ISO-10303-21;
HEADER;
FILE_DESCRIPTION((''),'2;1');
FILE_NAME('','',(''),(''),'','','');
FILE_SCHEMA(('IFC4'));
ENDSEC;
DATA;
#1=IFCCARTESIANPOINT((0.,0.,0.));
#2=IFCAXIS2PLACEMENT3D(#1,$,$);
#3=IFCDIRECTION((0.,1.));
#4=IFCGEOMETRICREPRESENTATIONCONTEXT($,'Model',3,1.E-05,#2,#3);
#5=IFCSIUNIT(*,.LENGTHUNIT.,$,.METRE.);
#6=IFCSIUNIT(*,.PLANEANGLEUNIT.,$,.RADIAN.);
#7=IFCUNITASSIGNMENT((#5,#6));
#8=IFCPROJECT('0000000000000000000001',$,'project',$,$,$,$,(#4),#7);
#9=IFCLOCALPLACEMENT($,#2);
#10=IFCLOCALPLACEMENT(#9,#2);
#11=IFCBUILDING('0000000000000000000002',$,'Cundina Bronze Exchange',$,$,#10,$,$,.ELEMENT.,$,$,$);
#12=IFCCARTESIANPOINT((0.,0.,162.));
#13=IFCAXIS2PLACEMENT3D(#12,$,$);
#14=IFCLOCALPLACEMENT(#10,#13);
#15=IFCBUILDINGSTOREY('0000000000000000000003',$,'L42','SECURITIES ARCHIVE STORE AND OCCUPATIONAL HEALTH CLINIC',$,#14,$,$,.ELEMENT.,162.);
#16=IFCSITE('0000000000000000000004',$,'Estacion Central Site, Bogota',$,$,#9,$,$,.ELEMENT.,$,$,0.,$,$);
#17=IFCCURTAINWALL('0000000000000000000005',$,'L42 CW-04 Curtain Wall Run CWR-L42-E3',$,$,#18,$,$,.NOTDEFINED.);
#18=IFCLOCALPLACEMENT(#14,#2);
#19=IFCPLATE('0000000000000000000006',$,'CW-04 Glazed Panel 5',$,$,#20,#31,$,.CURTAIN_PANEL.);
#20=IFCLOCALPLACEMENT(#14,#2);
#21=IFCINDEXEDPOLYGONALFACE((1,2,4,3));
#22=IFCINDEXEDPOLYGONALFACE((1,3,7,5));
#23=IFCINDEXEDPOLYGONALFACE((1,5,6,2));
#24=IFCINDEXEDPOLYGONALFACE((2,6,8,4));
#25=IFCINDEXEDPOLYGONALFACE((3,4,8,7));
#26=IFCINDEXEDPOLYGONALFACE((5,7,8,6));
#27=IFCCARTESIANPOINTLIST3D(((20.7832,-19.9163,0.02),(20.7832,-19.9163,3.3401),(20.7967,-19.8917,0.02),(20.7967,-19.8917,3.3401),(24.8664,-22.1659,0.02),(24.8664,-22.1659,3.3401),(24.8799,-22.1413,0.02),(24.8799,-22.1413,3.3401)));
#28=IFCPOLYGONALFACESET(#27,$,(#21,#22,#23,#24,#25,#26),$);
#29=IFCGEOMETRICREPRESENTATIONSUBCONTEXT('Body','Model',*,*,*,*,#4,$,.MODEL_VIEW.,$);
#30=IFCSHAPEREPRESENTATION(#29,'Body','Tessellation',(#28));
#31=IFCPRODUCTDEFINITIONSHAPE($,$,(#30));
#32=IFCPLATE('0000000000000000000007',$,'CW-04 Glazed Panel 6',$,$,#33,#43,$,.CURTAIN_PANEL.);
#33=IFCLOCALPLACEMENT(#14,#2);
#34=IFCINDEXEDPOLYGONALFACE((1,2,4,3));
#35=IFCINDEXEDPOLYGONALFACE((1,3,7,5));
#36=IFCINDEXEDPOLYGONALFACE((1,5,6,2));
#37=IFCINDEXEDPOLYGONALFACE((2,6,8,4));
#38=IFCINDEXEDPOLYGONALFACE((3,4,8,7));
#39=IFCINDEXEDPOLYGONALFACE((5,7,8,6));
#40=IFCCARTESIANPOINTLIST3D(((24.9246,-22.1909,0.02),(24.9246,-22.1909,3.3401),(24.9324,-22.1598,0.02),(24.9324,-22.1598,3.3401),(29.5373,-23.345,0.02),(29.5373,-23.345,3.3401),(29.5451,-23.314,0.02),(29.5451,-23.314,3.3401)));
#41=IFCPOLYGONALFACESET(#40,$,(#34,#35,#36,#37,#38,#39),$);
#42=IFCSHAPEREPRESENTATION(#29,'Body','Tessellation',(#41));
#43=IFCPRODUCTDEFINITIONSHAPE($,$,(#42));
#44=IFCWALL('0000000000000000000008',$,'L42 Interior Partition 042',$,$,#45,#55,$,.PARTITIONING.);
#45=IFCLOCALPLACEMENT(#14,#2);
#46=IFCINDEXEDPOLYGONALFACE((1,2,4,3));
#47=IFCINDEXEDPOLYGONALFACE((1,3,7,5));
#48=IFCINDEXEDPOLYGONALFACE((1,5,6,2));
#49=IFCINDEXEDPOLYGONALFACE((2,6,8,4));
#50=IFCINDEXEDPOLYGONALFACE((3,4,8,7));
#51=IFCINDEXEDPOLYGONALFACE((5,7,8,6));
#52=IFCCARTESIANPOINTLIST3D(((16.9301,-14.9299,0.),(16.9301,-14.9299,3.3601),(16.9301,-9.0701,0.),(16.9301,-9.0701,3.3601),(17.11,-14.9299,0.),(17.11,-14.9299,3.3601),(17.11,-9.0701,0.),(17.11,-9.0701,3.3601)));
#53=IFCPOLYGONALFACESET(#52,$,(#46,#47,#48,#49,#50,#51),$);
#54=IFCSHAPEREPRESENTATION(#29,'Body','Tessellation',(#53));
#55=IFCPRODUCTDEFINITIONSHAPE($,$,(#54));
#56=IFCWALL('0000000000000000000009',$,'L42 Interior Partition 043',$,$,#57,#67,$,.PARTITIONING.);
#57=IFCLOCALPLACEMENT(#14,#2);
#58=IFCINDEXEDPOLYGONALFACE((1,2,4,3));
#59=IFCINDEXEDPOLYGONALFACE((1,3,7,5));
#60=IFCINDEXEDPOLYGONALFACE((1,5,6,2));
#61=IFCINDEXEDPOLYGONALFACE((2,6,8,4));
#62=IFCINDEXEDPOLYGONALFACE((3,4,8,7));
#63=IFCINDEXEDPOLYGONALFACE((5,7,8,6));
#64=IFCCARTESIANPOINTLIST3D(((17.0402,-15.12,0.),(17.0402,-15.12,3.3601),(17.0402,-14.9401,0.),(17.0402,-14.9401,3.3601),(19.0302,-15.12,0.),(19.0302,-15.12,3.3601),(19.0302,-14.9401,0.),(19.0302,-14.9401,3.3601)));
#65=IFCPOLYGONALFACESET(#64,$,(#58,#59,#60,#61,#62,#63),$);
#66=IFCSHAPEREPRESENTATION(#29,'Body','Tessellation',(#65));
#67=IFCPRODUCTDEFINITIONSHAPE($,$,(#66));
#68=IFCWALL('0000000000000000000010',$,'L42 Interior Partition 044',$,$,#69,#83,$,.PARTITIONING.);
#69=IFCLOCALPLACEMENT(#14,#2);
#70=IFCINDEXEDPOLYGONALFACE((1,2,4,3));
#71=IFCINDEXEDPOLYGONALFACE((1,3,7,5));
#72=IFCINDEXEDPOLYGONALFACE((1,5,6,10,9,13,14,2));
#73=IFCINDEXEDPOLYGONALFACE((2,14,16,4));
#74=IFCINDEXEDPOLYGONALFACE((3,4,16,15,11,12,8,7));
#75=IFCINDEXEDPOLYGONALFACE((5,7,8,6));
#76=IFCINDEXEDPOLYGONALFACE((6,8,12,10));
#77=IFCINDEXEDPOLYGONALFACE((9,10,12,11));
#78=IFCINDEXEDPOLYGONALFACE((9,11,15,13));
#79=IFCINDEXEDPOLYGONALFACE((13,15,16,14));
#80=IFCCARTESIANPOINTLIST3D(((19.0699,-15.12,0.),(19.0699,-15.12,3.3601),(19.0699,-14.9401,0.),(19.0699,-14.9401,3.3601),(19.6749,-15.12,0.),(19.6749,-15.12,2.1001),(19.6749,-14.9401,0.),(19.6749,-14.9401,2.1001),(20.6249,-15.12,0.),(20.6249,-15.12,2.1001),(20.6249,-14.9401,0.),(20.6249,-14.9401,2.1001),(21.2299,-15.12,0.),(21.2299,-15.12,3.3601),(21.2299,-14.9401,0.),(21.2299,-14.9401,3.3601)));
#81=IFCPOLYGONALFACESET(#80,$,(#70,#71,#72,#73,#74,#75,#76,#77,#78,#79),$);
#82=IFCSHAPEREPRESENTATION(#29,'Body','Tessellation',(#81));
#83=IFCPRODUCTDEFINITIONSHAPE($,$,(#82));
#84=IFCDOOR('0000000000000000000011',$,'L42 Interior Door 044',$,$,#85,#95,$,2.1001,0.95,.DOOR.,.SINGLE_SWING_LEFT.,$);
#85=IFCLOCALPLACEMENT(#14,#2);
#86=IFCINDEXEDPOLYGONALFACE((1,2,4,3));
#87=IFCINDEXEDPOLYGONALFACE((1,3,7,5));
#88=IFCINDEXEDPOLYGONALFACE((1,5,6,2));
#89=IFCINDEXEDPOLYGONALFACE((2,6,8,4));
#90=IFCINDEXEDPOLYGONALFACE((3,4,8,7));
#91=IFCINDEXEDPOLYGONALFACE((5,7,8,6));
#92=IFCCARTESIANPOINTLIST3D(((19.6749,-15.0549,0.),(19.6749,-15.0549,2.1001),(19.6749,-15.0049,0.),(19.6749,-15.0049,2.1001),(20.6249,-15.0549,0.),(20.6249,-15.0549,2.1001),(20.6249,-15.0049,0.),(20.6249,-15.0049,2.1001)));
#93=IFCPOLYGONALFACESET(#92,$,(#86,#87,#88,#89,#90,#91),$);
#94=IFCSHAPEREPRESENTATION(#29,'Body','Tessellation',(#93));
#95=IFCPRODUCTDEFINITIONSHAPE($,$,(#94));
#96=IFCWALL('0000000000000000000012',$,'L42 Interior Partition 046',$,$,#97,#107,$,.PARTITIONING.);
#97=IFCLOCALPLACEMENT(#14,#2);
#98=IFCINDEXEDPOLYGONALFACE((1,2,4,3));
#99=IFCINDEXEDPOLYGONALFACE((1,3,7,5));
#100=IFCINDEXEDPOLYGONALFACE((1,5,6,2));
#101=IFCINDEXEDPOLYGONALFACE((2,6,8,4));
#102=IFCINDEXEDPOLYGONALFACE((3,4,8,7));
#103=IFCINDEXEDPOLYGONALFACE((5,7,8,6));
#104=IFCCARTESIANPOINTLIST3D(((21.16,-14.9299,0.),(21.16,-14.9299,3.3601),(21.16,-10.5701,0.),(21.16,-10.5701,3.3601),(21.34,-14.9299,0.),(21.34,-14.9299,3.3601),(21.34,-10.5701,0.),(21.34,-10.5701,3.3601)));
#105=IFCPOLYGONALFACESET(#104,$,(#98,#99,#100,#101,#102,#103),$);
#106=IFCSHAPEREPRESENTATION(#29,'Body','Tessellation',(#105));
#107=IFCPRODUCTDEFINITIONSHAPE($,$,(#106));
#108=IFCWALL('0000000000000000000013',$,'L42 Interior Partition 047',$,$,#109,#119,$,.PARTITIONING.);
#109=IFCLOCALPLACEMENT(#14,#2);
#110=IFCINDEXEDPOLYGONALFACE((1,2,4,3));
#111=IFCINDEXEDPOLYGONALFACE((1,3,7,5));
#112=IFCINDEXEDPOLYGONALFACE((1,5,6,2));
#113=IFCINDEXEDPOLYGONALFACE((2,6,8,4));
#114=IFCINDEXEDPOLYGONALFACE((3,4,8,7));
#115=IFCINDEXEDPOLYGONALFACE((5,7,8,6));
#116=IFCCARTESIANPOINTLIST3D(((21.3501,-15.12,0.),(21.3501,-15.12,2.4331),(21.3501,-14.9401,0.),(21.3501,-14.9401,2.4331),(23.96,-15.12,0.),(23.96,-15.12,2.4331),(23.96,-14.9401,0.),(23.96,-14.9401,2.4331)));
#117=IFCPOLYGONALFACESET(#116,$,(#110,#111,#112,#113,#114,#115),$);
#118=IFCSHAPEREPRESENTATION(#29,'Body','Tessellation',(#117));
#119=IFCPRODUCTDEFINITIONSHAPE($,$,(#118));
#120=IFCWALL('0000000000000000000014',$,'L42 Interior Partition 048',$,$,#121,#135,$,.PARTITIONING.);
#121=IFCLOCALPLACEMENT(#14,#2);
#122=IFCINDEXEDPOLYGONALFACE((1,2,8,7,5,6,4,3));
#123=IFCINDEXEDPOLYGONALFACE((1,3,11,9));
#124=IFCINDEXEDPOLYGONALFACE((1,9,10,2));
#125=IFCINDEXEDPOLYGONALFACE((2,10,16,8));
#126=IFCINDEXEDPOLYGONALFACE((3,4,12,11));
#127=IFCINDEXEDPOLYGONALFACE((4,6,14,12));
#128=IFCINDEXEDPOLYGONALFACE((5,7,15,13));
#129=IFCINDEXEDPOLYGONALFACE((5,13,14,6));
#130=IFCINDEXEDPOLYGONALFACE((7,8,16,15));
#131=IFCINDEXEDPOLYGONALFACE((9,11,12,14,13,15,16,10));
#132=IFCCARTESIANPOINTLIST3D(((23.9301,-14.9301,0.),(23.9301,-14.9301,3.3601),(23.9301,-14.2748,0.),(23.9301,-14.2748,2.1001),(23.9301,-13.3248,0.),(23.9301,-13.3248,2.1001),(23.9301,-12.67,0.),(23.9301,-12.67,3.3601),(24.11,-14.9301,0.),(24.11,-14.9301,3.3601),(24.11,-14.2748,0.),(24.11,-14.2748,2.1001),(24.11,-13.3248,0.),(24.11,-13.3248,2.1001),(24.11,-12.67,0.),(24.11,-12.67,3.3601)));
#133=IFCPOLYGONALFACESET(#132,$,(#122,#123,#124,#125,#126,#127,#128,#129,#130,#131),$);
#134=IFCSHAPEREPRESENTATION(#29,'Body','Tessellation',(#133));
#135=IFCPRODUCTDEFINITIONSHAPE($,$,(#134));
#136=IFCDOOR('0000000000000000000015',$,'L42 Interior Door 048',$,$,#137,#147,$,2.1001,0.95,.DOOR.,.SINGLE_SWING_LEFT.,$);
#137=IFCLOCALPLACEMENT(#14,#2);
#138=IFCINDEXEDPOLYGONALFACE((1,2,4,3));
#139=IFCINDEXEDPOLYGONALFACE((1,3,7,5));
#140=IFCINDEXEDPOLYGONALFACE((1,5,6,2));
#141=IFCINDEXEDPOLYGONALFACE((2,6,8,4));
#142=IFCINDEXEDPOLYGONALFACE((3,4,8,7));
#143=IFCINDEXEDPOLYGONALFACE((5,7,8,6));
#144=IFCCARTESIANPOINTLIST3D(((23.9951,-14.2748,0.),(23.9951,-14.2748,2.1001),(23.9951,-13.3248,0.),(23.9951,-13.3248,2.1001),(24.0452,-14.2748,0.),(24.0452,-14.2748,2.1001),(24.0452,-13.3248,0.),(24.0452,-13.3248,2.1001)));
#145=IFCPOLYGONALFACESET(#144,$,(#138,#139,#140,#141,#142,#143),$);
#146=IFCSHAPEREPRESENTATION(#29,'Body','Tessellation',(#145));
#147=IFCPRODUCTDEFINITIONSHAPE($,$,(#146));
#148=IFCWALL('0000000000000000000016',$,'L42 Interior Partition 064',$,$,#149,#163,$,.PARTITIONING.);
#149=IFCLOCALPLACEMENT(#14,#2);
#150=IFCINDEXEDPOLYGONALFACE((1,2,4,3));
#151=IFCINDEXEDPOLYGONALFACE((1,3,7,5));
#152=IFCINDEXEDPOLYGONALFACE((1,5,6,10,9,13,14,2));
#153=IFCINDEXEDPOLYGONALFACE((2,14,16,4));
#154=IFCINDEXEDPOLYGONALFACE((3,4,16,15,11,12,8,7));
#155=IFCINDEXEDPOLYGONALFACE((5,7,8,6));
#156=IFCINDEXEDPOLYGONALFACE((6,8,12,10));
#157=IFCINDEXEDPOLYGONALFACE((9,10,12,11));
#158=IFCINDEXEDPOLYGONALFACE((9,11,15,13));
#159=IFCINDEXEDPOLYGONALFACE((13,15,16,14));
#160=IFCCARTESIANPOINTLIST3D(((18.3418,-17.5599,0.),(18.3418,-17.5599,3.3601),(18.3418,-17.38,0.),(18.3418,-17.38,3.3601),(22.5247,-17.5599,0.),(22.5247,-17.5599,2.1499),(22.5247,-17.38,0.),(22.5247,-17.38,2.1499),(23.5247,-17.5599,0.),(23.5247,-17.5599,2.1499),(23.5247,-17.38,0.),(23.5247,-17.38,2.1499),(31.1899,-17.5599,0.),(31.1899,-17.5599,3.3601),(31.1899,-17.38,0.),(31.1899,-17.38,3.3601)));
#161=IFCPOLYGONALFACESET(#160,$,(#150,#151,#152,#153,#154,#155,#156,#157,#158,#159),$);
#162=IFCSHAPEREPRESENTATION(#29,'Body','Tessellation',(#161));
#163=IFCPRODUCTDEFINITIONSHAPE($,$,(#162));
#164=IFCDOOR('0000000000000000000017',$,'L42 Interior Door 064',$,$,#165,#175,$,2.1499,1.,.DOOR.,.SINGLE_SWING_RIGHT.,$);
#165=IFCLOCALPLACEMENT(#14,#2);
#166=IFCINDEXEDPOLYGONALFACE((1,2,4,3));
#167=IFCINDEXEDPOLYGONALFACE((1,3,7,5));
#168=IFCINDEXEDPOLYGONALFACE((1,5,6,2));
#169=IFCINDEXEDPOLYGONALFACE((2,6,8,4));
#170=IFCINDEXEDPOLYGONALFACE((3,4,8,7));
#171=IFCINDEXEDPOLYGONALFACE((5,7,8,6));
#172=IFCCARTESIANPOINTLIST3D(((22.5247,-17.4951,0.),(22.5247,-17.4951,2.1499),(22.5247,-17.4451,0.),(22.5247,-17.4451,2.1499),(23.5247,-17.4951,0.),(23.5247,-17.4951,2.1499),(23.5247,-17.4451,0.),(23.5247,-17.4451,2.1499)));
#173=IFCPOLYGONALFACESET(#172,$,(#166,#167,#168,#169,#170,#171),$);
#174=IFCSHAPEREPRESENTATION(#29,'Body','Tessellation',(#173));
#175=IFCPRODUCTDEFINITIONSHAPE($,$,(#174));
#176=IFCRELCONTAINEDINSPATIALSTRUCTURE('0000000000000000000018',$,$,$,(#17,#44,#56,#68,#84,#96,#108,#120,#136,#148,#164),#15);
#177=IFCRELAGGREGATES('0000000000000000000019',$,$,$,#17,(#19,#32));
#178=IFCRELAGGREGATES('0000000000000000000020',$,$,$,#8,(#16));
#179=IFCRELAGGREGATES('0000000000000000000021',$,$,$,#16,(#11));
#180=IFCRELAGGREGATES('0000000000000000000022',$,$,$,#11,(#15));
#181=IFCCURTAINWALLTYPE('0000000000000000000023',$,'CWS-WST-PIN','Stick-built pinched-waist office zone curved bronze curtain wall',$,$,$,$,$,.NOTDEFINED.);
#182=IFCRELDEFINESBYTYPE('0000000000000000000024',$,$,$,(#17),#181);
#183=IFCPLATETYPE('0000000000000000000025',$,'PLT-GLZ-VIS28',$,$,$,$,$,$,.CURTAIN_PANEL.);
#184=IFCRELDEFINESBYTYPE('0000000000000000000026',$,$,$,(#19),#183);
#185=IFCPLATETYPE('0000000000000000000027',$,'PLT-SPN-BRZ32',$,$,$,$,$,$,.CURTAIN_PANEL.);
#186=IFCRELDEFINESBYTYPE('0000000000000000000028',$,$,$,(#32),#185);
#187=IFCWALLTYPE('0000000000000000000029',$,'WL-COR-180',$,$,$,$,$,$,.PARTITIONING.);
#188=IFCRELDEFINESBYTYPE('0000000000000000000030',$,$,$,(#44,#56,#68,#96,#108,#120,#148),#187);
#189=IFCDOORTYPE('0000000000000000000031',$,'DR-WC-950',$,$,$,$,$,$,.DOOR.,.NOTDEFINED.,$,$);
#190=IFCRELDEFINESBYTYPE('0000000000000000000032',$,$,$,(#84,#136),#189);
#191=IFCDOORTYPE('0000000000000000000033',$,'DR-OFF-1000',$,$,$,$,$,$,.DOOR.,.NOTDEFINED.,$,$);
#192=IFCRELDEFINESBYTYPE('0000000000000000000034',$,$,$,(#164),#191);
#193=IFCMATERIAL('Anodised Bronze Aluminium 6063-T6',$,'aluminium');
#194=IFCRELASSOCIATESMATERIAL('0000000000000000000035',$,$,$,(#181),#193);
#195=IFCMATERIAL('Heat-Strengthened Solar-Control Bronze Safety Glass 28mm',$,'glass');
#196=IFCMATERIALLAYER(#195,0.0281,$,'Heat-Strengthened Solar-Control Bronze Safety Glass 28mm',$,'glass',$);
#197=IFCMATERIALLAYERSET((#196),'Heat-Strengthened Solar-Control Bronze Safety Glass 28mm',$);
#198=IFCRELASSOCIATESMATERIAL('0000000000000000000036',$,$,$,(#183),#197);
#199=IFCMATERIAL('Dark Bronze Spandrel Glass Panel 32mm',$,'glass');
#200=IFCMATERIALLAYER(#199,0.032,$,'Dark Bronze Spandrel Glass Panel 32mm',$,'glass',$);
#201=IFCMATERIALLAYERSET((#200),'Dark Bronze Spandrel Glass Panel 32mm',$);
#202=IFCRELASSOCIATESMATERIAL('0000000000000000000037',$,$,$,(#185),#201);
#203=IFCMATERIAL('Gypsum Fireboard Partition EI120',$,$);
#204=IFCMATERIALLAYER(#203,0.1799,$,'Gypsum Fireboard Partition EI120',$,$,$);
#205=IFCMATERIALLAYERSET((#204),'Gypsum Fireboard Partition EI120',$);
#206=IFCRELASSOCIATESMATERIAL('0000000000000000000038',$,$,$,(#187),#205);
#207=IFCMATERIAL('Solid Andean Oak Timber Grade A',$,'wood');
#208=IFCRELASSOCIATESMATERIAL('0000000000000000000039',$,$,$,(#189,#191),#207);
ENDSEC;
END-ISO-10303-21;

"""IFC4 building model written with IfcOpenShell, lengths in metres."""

from ifc_helpers import new_model, si_unit, direction, frame, frame_2d, origin, origin_2d, place, context, subcontext, project, spatial, rectangle, extrude, material, layer, layer_set, type_object, element, fill, aggregate, save


model = new_model("IFC4")

# Units and contexts
model_context = context("Model", 3, precision=1e-05, world=origin(), true_north=direction((0.0, 1.0)))
body_context = subcontext(model_context, "Body", "Model", "MODEL_VIEW")
ifc_project = project(units=[si_unit("LENGTHUNIT", "METRE"), si_unit("PLANEANGLEUNIT", "RADIAN")], contexts=[model_context])

# Site, building, storey
site_placement = place(None, origin())
site = spatial("IfcSite", under=ifc_project, at=site_placement, Name="Estacion Central Site, Bogota", CompositionType="ELEMENT", RefElevation=0.0)
building_placement = place(site_placement, origin())
building = spatial("IfcBuilding", under=site, at=building_placement, Name="Cundina Bronze Exchange", CompositionType="ELEMENT")
storey_placement = place(building_placement, frame((0.0, 0.0, 162.0)))
storey = spatial("IfcBuildingStorey", under=building, at=storey_placement, Name="L42", Description="SECURITIES ARCHIVE STORE AND OCCUPATIONAL HEALTH CLINIC", CompositionType="ELEMENT", Elevation=162.0)

# Curtain wall, plates
ifc_material_1 = material(Name="Anodised Bronze Aluminium 6063-T6", Category="aluminium")
curtain_wall_type = type_object("IfcCurtainWallType", Name="CWS-WST-PIN", Description="Stick-built pinched-waist office zone curved bronze curtain wall", PredefinedType="NOTDEFINED", material=ifc_material_1)
curtain_wall_placement = place(storey_placement, origin())
curtain_wall = element("IfcCurtainWall", 1, at=curtain_wall_placement, inside=storey, type_object=curtain_wall_type, Name="L42 CW-04 Curtain Wall Run CWR-L42-E3", PredefinedType="NOTDEFINED")
ifc_material_2 = material(Name="Heat-Strengthened Solar-Control Bronze Safety Glass 28mm", Category="glass")
ifc_layer_1 = layer(ifc_material_2, 0.0281, Name="Heat-Strengthened Solar-Control Bronze Safety Glass 28mm", Category="glass")
ifc_layer_set_1 = layer_set([ifc_layer_1], Name="Heat-Strengthened Solar-Control Bronze Safety Glass 28mm")
plate_type_1 = type_object("IfcPlateType", Name="PLT-GLZ-VIS28", PredefinedType="CURTAIN_PANEL", material=ifc_layer_set_1)
plate_1_placement = place(storey_placement, frame((22.8315, -21.0288, 0.02), z_axis=(0.0, 0.0, 1.0), x_axis=(0.875869, -0.482549, 0.0)))
plate_1 = element("IfcPlate", 2, at=plate_1_placement, type_object=plate_type_1, Name="CW-04 Glazed Panel 5", PredefinedType="CURTAIN_PANEL", context=body_context, shape_type="SweptSolid", body=[
    extrude(rectangle(XDim=4.6619, YDim=0.0281, at=origin_2d()), origin(), (0.0, 0.0, 1.0), 3.3201),
])
ifc_material_3 = material(Name="Dark Bronze Spandrel Glass Panel 32mm", Category="glass")
ifc_layer_2 = layer(ifc_material_3, 0.032, Name="Dark Bronze Spandrel Glass Panel 32mm", Category="glass")
ifc_layer_set_2 = layer_set([ifc_layer_2], Name="Dark Bronze Spandrel Glass Panel 32mm")
plate_type_2 = type_object("IfcPlateType", Name="PLT-SPN-BRZ32", PredefinedType="CURTAIN_PANEL", material=ifc_layer_set_2)
plate_2_placement = place(storey_placement, frame((27.2349, -22.7524, 0.02), z_axis=(0.0, 0.0, 1.0), x_axis=(0.970093, -0.242735, 0.0)))
plate_2 = element("IfcPlate", 3, at=plate_2_placement, type_object=plate_type_2, Name="CW-04 Glazed Panel 6", PredefinedType="CURTAIN_PANEL", context=body_context, shape_type="SweptSolid", body=[
    extrude(rectangle(XDim=4.7549, YDim=0.032, at=origin_2d()), origin(), (0.0, 0.0, 1.0), 3.3201),
])
aggregate(curtain_wall, [plate_1, plate_2])

# Walls
ifc_material_4 = material(Name="Gypsum Fireboard Partition EI120")
ifc_layer_3 = layer(ifc_material_4, 0.1799, Name="Gypsum Fireboard Partition EI120")
ifc_layer_set_3 = layer_set([ifc_layer_3], Name="Gypsum Fireboard Partition EI120")
wall_type_1 = type_object("IfcWallType", Name="WL-COR-180", PredefinedType="PARTITIONING", material=ifc_layer_set_3)
wall_1_placement = place(storey_placement, frame((17.02, -14.9299, 0.0), z_axis=(0.0, 0.0, 1.0), x_axis=(0.0, 1.0, 0.0)))
element("IfcWall", 4, at=wall_1_placement, inside=storey, type_object=wall_type_1, Name="L42 Interior Partition 042", PredefinedType="PARTITIONING", context=body_context, shape_type="SweptSolid", body=[
    extrude(rectangle(XDim=5.8599, YDim=0.1799, at=frame_2d((2.9299, 0.0))), origin(), (0.0, 0.0, 1.0), 3.3601),
])
wall_2_placement = place(storey_placement, frame((17.04, -15.03, 0.0), z_axis=(0.0, 0.0, 1.0), x_axis=(1.0, 0.0, 0.0)))
element("IfcWall", 5, at=wall_2_placement, inside=storey, type_object=wall_type_1, Name="L42 Interior Partition 043", PredefinedType="PARTITIONING", context=body_context, shape_type="SweptSolid", body=[
    extrude(rectangle(XDim=1.99, YDim=0.1799, at=frame_2d((0.9951, 0.0))), origin(), (0.0, 0.0, 1.0), 3.3601),
])

# Wall, opening, door
wall_3_placement = place(storey_placement, frame((21.23, -15.03, 0.0), z_axis=(0.0, 0.0, 1.0), x_axis=(-1.0, 0.0, 0.0)))
wall_3 = element("IfcWall", 6, at=wall_3_placement, inside=storey, type_object=wall_type_1, Name="L42 Interior Partition 044", PredefinedType="PARTITIONING", context=body_context, shape_type="SweptSolid", body=[
    extrude(rectangle(XDim=2.1599, YDim=0.1799, at=frame_2d((1.0801, 0.0))), origin(), (0.0, 0.0, 1.0), 3.3601),
])
opening_1_placement = place(wall_3_placement, frame((0.605, 0.0, 0.0)))
opening_1 = element("IfcOpeningElement", 7, at=opening_1_placement, cuts=wall_3, PredefinedType="OPENING", context=body_context, shape_type="SweptSolid", body=[
    extrude(rectangle(XDim=0.95, YDim=2.1001, at=frame_2d((0.4751, 1.05))), frame((0.0, 0.0999, 0.0), z_axis=(0.0, -1.0, 0.0), x_axis=(1.0, 0.0, 0.0)), (0.0, 0.0, 1.0), 0.2),
])
ifc_material_5 = material(Name="Solid Andean Oak Timber Grade A", Category="wood")
door_type_1 = type_object("IfcDoorType", Name="DR-WC-950", OperationType="NOTDEFINED", PredefinedType="DOOR", material=ifc_material_5)
door_1_placement = place(opening_1_placement, origin())
door_1 = element("IfcDoor", 8, at=door_1_placement, inside=storey, type_object=door_type_1, Name="L42 Interior Door 044", OperationType="SINGLE_SWING_LEFT", OverallHeight=2.1001, OverallWidth=0.95, PredefinedType="DOOR", context=body_context, shape_type="SweptSolid", body=[
    extrude(rectangle(XDim=0.95, YDim=2.1001, at=frame_2d((0.4751, 1.05))), frame((0.0, 0.0249, 0.0), z_axis=(0.0, -1.0, 0.0), x_axis=(1.0, 0.0, 0.0)), (0.0, 0.0, 1.0), 0.05),
])
fill(opening_1, door_1)

# Walls
wall_4_placement = place(storey_placement, frame((21.25, -14.9299, 0.0), z_axis=(0.0, 0.0, 1.0), x_axis=(0.0, 1.0, 0.0)))
element("IfcWall", 9, at=wall_4_placement, inside=storey, type_object=wall_type_1, Name="L42 Interior Partition 046", PredefinedType="PARTITIONING", context=body_context, shape_type="SweptSolid", body=[
    extrude(rectangle(XDim=4.3599, YDim=0.1799, at=frame_2d((2.1799, 0.0))), origin(), (0.0, 0.0, 1.0), 3.3601),
])
wall_5_placement = place(storey_placement, frame((21.3501, -15.03, 0.0), z_axis=(0.0, 0.0, 1.0), x_axis=(1.0, 0.0, 0.0)))
element("IfcWall", 10, at=wall_5_placement, inside=storey, type_object=wall_type_1, Name="L42 Interior Partition 047", PredefinedType="PARTITIONING", context=body_context, shape_type="SweptSolid", body=[
    extrude(rectangle(XDim=2.6099, YDim=0.1799, at=frame_2d((1.3049, 0.0))), origin(), (0.0, 0.0, 1.0), 2.4331),
])

# Walls, openings, doors
wall_6_placement = place(storey_placement, frame((24.02, -14.9299, 0.0), z_axis=(0.0, 0.0, 1.0), x_axis=(0.0, 1.0, 0.0)))
wall_6 = element("IfcWall", 11, at=wall_6_placement, inside=storey, type_object=wall_type_1, Name="L42 Interior Partition 048", PredefinedType="PARTITIONING", context=body_context, shape_type="SweptSolid", body=[
    extrude(rectangle(XDim=2.26, YDim=0.1799, at=frame_2d((1.1299, 0.0))), origin(), (0.0, 0.0, 1.0), 3.3601),
])
opening_2_placement = place(wall_6_placement, frame((0.655, 0.0, 0.0)))
opening_2 = element("IfcOpeningElement", 12, at=opening_2_placement, cuts=wall_6, PredefinedType="OPENING", context=body_context, shape_type="SweptSolid", body=[
    extrude(rectangle(XDim=0.95, YDim=2.1001, at=frame_2d((0.4751, 1.05))), frame((0.0, 0.0999, 0.0), z_axis=(0.0, -1.0, 0.0), x_axis=(1.0, 0.0, 0.0)), (0.0, 0.0, 1.0), 0.2),
])
door_2_placement = place(opening_2_placement, origin())
door_2 = element("IfcDoor", 13, at=door_2_placement, inside=storey, type_object=door_type_1, Name="L42 Interior Door 048", OperationType="SINGLE_SWING_LEFT", OverallHeight=2.1001, OverallWidth=0.95, PredefinedType="DOOR", context=body_context, shape_type="SweptSolid", body=[
    extrude(rectangle(XDim=0.95, YDim=2.1001, at=frame_2d((0.4751, 1.05))), frame((0.0, 0.0249, 0.0), z_axis=(0.0, -1.0, 0.0), x_axis=(1.0, 0.0, 0.0)), (0.0, 0.0, 1.0), 0.05),
])
fill(opening_2, door_2)
wall_7_placement = place(storey_placement, frame((18.3418, -17.47, 0.0), z_axis=(0.0, 0.0, 1.0), x_axis=(1.0, 0.0, 0.0)))
wall_7 = element("IfcWall", 14, at=wall_7_placement, inside=storey, type_object=wall_type_1, Name="L42 Interior Partition 064", PredefinedType="PARTITIONING", context=body_context, shape_type="SweptSolid", body=[
    extrude(rectangle(XDim=12.8481, YDim=0.1799, at=frame_2d((6.4241, 0.0))), origin(), (0.0, 0.0, 1.0), 3.3601),
])
opening_3_placement = place(wall_7_placement, frame((4.1829, 0.0, 0.0)))
opening_3 = element("IfcOpeningElement", 15, at=opening_3_placement, cuts=wall_7, PredefinedType="OPENING", context=body_context, shape_type="SweptSolid", body=[
    extrude(rectangle(XDim=1.0, YDim=2.1499, at=frame_2d((0.5, 1.075))), frame((0.0, 0.0999, 0.0), z_axis=(0.0, -1.0, 0.0), x_axis=(1.0, 0.0, 0.0)), (0.0, 0.0, 1.0), 0.2),
])
door_type_2 = type_object("IfcDoorType", Name="DR-OFF-1000", OperationType="NOTDEFINED", PredefinedType="DOOR", material=ifc_material_5)
door_3_placement = place(opening_3_placement, origin())
door_3 = element("IfcDoor", 16, at=door_3_placement, inside=storey, type_object=door_type_2, Name="L42 Interior Door 064", OperationType="SINGLE_SWING_RIGHT", OverallHeight=2.1499, OverallWidth=1.0, PredefinedType="DOOR", context=body_context, shape_type="SweptSolid", body=[
    extrude(rectangle(XDim=1.0, YDim=2.1499, at=frame_2d((0.5, 1.075))), frame((0.0, 0.0249, 0.0), z_axis=(0.0, -1.0, 0.0), x_axis=(1.0, 0.0, 0.0)), (0.0, 0.0, 1.0), 0.05),
])
fill(opening_3, door_3)

save(model, "model.ifc")
